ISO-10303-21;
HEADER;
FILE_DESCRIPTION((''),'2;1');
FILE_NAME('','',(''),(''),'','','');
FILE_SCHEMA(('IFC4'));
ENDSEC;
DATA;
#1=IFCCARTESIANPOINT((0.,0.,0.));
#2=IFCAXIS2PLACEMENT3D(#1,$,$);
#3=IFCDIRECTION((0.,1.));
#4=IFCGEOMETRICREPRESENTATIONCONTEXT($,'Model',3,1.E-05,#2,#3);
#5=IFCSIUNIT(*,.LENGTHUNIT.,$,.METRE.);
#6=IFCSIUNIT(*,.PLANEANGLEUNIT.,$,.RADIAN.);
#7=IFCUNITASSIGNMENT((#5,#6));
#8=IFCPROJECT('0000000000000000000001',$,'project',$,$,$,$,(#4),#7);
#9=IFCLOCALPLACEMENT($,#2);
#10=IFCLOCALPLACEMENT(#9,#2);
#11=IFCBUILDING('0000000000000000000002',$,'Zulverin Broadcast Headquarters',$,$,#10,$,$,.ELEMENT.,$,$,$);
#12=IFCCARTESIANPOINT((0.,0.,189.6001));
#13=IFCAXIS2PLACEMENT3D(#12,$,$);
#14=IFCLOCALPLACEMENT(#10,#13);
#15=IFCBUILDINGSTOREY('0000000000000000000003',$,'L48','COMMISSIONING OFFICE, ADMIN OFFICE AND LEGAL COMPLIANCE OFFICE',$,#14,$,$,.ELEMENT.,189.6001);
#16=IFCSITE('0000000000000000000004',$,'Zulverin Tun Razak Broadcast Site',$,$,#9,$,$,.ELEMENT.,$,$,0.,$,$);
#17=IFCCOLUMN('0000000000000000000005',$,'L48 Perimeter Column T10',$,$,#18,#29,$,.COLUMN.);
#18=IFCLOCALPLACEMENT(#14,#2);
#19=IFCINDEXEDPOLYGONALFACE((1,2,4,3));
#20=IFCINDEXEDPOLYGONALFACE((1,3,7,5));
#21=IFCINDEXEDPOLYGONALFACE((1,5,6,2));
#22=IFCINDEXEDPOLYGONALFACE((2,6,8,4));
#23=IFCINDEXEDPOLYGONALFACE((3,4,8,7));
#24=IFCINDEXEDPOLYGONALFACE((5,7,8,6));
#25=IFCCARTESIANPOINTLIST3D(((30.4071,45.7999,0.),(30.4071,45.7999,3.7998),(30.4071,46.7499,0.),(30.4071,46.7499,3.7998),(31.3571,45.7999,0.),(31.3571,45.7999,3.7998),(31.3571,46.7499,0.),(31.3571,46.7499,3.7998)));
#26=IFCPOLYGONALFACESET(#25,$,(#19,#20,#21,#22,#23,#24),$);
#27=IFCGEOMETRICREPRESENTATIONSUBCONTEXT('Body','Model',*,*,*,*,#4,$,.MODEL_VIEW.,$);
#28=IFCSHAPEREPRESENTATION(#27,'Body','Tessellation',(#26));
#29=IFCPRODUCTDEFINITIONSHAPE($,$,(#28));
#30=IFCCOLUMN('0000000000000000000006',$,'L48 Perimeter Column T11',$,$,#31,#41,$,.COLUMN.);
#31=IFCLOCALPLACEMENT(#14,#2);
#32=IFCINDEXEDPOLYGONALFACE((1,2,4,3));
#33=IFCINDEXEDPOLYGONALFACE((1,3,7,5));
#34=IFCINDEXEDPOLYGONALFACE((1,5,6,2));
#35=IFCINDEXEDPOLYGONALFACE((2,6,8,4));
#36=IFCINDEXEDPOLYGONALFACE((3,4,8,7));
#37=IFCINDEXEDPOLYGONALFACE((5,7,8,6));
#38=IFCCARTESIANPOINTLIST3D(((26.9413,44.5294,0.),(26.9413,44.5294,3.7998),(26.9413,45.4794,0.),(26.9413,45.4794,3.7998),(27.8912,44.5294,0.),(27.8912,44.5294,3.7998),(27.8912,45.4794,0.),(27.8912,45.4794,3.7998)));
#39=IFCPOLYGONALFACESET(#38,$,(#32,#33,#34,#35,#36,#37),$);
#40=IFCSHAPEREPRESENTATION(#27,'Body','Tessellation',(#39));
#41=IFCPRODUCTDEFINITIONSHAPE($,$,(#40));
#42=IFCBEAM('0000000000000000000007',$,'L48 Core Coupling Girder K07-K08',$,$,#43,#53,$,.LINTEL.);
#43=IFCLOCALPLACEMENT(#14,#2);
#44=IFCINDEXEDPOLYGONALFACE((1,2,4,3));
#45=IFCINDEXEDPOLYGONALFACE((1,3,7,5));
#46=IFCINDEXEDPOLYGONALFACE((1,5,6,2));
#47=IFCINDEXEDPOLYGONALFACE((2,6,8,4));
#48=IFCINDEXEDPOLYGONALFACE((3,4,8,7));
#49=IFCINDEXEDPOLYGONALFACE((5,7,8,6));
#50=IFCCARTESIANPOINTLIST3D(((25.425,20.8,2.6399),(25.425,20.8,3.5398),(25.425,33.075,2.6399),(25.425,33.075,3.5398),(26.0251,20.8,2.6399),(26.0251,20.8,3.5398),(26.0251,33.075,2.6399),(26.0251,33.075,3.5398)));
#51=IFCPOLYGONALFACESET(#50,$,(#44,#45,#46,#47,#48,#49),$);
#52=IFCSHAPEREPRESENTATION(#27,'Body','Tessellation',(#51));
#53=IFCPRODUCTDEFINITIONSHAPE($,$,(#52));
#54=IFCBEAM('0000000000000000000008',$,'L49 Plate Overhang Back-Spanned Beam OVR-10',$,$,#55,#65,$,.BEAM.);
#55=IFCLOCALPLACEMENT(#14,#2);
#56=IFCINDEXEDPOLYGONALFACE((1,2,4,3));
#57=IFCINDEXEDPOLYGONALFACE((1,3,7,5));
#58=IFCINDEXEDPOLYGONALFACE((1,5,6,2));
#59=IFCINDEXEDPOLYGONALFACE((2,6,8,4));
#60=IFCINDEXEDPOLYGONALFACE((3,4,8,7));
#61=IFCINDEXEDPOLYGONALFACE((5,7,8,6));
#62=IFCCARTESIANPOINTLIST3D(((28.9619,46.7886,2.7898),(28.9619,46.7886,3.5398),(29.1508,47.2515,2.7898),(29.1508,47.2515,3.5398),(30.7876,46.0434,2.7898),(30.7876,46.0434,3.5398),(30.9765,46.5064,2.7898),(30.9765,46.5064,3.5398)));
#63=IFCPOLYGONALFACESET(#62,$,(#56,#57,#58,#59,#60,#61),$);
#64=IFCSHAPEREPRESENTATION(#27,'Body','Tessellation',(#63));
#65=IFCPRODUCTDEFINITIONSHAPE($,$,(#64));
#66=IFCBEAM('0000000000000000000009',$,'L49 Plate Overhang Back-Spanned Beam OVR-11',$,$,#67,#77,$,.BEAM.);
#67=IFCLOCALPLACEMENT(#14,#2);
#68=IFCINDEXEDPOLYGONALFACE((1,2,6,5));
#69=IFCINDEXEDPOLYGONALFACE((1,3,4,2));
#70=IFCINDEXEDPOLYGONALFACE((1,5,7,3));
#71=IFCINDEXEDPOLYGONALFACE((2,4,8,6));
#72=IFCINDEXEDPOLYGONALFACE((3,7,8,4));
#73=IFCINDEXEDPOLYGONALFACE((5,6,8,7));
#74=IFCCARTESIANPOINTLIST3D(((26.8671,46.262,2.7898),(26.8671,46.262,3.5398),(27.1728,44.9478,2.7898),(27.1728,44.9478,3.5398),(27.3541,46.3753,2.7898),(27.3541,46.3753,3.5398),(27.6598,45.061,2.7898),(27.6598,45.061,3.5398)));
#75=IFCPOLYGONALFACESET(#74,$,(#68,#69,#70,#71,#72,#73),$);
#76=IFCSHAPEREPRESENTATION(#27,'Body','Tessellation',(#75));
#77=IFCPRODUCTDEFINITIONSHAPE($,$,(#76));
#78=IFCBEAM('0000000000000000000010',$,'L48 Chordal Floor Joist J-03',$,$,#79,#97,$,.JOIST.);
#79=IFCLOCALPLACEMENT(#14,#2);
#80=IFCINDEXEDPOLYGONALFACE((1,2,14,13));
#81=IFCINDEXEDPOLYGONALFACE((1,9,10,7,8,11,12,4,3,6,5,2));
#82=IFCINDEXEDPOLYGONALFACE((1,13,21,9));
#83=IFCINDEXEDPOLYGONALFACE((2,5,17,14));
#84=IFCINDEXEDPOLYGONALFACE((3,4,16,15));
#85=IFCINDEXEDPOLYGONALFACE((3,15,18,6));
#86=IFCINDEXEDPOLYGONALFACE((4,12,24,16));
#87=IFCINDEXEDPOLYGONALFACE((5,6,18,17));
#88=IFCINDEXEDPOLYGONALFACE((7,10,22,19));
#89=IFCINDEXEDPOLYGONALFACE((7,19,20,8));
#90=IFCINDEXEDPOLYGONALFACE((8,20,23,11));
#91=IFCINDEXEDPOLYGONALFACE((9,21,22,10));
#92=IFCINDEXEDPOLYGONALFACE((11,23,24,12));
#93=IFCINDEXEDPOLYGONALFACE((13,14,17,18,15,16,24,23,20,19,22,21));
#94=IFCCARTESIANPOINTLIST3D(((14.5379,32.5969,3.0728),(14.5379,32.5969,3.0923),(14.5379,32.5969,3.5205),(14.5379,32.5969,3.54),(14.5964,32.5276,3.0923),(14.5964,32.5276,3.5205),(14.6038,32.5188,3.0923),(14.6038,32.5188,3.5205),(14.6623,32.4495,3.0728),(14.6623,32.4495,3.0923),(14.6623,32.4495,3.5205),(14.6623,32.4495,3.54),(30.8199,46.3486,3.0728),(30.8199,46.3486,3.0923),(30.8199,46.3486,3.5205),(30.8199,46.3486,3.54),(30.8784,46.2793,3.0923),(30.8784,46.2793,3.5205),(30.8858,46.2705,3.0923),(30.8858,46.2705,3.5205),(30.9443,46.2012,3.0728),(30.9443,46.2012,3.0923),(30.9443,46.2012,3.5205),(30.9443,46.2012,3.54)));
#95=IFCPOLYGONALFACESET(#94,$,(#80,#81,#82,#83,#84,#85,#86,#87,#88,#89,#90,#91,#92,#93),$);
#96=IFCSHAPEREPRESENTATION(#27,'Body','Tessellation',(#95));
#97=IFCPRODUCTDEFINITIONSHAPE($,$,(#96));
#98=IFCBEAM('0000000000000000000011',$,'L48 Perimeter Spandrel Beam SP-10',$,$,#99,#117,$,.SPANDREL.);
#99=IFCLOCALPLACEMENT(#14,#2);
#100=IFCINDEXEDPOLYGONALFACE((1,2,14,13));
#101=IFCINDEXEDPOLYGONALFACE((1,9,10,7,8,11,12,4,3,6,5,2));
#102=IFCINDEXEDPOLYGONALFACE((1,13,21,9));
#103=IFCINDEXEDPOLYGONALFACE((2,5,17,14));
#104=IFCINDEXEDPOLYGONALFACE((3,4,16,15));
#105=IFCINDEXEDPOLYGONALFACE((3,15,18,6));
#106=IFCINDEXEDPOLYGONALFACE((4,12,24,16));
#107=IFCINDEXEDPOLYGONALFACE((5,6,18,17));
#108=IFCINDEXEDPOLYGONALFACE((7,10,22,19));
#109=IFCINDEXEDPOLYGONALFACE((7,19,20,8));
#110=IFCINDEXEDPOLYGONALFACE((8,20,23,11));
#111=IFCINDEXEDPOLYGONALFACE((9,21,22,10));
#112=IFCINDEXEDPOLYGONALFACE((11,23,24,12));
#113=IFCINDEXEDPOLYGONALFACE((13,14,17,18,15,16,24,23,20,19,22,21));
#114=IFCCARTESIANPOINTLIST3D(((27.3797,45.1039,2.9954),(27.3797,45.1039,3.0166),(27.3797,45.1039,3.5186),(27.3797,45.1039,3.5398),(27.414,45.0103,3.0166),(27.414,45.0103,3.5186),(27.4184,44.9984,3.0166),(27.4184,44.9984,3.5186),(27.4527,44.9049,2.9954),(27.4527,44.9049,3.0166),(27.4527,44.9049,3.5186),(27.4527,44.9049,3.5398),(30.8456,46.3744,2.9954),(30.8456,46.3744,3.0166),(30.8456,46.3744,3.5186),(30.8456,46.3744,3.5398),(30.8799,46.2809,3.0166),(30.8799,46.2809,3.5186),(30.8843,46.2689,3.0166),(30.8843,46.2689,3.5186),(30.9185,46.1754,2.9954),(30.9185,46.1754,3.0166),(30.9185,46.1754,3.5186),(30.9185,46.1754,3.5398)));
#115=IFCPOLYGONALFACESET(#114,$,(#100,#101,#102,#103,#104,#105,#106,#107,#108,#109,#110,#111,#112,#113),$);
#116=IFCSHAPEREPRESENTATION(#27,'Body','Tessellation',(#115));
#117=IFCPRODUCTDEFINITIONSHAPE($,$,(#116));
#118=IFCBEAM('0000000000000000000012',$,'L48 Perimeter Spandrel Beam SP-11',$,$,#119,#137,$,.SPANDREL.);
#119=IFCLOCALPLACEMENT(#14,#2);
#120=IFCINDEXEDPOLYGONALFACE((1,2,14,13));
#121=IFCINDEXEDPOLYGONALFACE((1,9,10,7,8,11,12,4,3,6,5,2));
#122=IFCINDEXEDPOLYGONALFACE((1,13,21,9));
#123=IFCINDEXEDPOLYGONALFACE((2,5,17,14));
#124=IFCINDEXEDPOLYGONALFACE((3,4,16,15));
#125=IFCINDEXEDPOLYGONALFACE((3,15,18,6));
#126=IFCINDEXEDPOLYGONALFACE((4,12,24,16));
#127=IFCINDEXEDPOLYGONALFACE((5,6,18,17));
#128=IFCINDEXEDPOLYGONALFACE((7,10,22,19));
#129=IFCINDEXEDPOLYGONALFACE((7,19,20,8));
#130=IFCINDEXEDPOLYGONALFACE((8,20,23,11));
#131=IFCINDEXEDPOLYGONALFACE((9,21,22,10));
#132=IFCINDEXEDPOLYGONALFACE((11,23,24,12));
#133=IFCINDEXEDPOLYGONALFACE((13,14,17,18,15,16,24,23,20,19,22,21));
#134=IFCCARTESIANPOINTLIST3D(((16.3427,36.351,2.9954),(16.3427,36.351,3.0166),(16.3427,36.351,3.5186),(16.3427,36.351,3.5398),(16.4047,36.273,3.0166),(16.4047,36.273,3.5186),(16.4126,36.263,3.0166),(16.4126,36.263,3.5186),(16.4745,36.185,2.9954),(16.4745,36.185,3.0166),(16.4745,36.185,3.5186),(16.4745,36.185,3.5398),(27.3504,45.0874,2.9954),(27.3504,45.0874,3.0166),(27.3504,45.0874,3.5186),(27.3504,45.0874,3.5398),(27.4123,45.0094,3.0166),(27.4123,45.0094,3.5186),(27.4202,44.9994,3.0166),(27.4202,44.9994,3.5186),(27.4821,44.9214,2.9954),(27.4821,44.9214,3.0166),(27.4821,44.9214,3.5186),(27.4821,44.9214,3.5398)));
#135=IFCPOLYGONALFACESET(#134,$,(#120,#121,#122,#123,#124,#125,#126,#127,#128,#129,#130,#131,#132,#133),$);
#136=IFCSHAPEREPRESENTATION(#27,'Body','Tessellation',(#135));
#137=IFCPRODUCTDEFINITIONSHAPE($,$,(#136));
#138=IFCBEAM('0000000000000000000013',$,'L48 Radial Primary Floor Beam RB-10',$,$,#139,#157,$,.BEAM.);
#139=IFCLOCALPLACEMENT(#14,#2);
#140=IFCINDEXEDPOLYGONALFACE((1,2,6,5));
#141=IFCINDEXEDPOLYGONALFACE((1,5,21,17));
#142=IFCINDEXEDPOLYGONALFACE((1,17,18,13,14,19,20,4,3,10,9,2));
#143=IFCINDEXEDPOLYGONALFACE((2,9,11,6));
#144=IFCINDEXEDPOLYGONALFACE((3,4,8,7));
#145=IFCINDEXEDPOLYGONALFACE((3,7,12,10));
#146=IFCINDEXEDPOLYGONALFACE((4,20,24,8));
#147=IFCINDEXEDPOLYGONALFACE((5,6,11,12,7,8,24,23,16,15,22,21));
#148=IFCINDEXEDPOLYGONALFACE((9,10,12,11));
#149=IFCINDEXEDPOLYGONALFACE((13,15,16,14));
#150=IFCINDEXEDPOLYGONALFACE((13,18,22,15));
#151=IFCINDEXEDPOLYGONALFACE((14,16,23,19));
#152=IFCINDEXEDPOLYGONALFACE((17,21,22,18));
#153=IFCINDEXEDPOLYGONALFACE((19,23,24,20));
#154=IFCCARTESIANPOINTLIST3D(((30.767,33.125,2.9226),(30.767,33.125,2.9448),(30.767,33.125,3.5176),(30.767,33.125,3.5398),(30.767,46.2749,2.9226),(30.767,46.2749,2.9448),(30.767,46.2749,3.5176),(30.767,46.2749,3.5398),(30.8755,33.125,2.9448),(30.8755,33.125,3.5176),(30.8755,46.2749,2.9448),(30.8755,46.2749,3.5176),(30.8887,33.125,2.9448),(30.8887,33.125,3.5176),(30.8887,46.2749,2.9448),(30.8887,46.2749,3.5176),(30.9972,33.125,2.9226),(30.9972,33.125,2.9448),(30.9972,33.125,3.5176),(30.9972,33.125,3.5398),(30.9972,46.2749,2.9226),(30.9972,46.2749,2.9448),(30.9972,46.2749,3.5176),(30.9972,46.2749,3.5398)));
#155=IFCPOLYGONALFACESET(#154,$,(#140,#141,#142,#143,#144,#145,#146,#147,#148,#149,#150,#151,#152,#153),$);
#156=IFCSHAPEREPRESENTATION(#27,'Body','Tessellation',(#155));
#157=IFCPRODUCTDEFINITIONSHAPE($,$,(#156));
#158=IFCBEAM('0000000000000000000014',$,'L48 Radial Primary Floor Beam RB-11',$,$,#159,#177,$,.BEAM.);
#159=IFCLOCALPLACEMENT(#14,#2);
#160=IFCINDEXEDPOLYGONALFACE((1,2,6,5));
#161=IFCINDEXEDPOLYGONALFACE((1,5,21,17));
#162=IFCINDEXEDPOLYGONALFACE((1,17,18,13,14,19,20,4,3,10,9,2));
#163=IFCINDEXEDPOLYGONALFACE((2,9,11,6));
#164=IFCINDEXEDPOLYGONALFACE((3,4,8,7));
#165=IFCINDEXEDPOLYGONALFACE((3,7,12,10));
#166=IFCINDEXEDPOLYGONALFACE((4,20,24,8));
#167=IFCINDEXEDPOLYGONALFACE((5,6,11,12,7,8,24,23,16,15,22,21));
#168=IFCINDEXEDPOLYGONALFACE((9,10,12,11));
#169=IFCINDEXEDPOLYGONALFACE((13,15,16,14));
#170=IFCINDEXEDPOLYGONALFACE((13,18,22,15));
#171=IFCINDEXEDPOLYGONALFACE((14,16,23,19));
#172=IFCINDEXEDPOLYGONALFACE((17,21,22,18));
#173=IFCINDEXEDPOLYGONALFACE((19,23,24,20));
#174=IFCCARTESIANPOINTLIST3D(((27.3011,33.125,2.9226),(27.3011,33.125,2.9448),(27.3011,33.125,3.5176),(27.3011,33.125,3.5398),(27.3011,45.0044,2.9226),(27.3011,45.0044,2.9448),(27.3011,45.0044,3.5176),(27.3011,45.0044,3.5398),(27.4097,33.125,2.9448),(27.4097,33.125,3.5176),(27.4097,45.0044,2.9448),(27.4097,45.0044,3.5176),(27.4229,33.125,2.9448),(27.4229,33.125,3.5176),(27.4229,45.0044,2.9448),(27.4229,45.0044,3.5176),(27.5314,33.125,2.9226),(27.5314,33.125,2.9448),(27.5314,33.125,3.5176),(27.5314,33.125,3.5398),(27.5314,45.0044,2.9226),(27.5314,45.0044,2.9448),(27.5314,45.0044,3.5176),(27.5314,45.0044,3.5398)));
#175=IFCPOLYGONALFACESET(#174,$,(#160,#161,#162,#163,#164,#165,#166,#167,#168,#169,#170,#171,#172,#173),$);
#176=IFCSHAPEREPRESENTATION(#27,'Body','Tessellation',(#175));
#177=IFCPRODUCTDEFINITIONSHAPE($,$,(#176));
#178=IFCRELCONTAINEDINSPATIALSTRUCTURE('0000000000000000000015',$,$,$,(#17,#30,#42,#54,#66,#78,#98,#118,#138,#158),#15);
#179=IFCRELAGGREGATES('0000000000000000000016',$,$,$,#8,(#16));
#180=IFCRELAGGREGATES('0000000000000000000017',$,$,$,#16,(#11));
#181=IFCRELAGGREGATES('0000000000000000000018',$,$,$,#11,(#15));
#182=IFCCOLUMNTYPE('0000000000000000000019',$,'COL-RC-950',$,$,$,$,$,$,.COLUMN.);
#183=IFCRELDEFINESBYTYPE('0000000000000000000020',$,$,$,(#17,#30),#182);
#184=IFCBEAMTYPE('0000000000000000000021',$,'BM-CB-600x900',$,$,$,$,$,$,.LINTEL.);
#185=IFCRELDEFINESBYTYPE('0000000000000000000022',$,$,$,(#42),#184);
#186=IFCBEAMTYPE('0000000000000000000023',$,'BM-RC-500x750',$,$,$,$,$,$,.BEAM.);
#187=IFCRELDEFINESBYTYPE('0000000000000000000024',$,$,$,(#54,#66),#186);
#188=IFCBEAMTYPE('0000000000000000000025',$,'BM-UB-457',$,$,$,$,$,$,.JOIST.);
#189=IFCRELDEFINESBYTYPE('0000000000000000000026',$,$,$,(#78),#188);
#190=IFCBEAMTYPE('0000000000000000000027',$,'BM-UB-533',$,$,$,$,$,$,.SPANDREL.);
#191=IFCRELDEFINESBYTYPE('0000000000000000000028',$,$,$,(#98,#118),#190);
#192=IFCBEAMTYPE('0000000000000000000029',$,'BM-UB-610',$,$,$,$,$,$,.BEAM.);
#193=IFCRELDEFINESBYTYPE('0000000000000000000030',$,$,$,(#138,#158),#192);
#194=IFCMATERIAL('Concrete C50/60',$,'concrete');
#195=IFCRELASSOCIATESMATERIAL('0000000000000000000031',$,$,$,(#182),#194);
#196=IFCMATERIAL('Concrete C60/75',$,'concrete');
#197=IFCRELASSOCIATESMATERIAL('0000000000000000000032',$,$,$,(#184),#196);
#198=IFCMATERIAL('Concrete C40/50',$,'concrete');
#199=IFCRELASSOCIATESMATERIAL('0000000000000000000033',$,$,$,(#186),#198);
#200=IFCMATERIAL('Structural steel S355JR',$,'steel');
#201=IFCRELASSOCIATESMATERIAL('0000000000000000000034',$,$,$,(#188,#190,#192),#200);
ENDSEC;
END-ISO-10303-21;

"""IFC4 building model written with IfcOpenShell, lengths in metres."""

from ifc_helpers import new_model, si_unit, direction, frame, origin, origin_2d, place, context, subcontext, project, spatial, rectangle, i_section, extrude, material, material_profile, profile_set, type_object, element, save


model = new_model("IFC4")

# Units and contexts
model_context = context("Model", 3, precision=1e-05, world=origin(), true_north=direction((0.0, 1.0)))
body_context = subcontext(model_context, "Body", "Model", "MODEL_VIEW")
ifc_project = project(units=[si_unit("LENGTHUNIT", "METRE"), si_unit("PLANEANGLEUNIT", "RADIAN")], contexts=[model_context])

# Site, building, storey
site_placement = place(None, origin())
site = spatial("IfcSite", under=ifc_project, at=site_placement, Name="Zulverin Tun Razak Broadcast Site", CompositionType="ELEMENT", RefElevation=0.0)
building_placement = place(site_placement, origin())
building = spatial("IfcBuilding", under=site, at=building_placement, Name="Zulverin Broadcast Headquarters", CompositionType="ELEMENT")
storey_placement = place(building_placement, frame((0.0, 0.0, 189.6001)))
storey = spatial("IfcBuildingStorey", under=building, at=storey_placement, Name="L48", Description="COMMISSIONING OFFICE, ADMIN OFFICE AND LEGAL COMPLIANCE OFFICE", CompositionType="ELEMENT", Elevation=189.6001)

# Columns
ifc_material_1 = material(Name="Concrete C50/60", Category="concrete")
ifc_material_profile_1 = material_profile(ifc_material_1, rectangle(XDim=0.95, YDim=0.95, at=origin_2d()), Name="Concrete C50/60", Category="concrete")
ifc_profile_set_1 = profile_set([ifc_material_profile_1], Name="Concrete C50/60")
column_type = type_object("IfcColumnType", Name="COL-RC-950", PredefinedType="COLUMN", material=ifc_profile_set_1)
for number, where, z_axis, x_axis, name in (
    (1, (30.8821, 46.2749, 0.0), (0.0, 0.0, 1.0), (1.0, 0.0, 0.0), "L48 Perimeter Column T10"),
    (2, (27.4163, 45.0044, 0.0), (0.0, 0.0, 1.0), (1.0, 0.0, 0.0), "L48 Perimeter Column T11"),
):
    element("IfcColumn", number, at=place(storey_placement, frame(where, z_axis=z_axis, x_axis=x_axis)), inside=storey, type_object=column_type, Name=name, PredefinedType="COLUMN", context=body_context, shape_type="SweptSolid", body=[
        extrude(rectangle(XDim=0.95, YDim=0.95, at=origin_2d()), origin(), (0.0, 0.0, 1.0), 3.7998),
    ])

# Beams
ifc_material_2 = material(Name="Concrete C60/75", Category="concrete")
ifc_material_profile_2 = material_profile(ifc_material_2, rectangle(XDim=0.6001, YDim=0.8999, at=origin_2d()), Name="Concrete C60/75", Category="concrete")
ifc_profile_set_2 = profile_set([ifc_material_profile_2], Name="Concrete C60/75")
beam_type_1 = type_object("IfcBeamType", Name="BM-CB-600x900", PredefinedType="LINTEL", material=ifc_profile_set_2)
beam_1_placement = place(storey_placement, frame((25.7251, 33.075, 3.0898), z_axis=(0.0, -1.0, 0.0), x_axis=(1.0, 0.0, 0.0)))
element("IfcBeam", 3, at=beam_1_placement, inside=storey, type_object=beam_type_1, Name="L48 Core Coupling Girder K07-K08", PredefinedType="LINTEL", context=body_context, shape_type="SweptSolid", body=[
    extrude(rectangle(XDim=0.6001, YDim=0.8999, at=origin_2d()), origin(), (0.0, 0.0, 1.0), 12.2749),
])
ifc_material_3 = material(Name="Concrete C40/50", Category="concrete")
ifc_material_profile_3 = material_profile(ifc_material_3, rectangle(XDim=0.5, YDim=0.75, at=origin_2d()), Name="Concrete C40/50", Category="concrete")
ifc_profile_set_3 = profile_set([ifc_material_profile_3], Name="Concrete C40/50")
beam_type_2 = type_object("IfcBeamType", Name="BM-RC-500x750", PredefinedType="BEAM", material=ifc_profile_set_3)
beam_2_placement = place(storey_placement, frame((30.8821, 46.2749, 3.1648), z_axis=(-0.925858, 0.377871, 0.0), x_axis=(-0.377871, -0.925858, 0.0)))
element("IfcBeam", 4, at=beam_2_placement, inside=storey, type_object=beam_type_2, Name="L49 Plate Overhang Back-Spanned Beam OVR-10", PredefinedType="BEAM", context=body_context, shape_type="SweptSolid", body=[
    extrude(rectangle(XDim=0.5, YDim=0.75, at=origin_2d()), origin(), (0.0, 0.0, 1.0), 1.9719),
])
beam_3_placement = place(storey_placement, frame((27.4163, 45.0044, 3.1648), z_axis=(-0.226537, 0.974002, 0.0), x_axis=(-0.974002, -0.226537, 0.0)))
element("IfcBeam", 5, at=beam_3_placement, inside=storey, type_object=beam_type_2, Name="L49 Plate Overhang Back-Spanned Beam OVR-11", PredefinedType="BEAM", context=body_context, shape_type="SweptSolid", body=[
    extrude(rectangle(XDim=0.5, YDim=0.75, at=origin_2d()), origin(), (0.0, 0.0, 1.0), 1.3494),
])
ifc_material_4 = material(Name="Structural steel S355JR", Category="steel")
ifc_material_profile_4 = material_profile(ifc_material_4, i_section(OverallWidth=0.1929, OverallDepth=0.4673, WebThickness=0.0115, FlangeThickness=0.0195, at=origin_2d()), Name="Structural steel S355JR", Category="steel")
ifc_profile_set_4 = profile_set([ifc_material_profile_4], Name="Structural steel S355JR")
beam_type_3 = type_object("IfcBeamType", Name="BM-UB-457", PredefinedType="JOIST", material=ifc_profile_set_4)
beam_4_placement = place(storey_placement, frame((30.8821, 46.2749, 3.3064), z_axis=(-0.763973, -0.645249, 0.0), x_axis=(0.645249, -0.763973, 0.0)))
element("IfcBeam", 6, at=beam_4_placement, inside=storey, type_object=beam_type_3, Name="L48 Chordal Floor Joist J-03", PredefinedType="JOIST", context=body_context, shape_type="SweptSolid", body=[
    extrude(i_section(OverallWidth=0.1929, OverallDepth=0.4673, WebThickness=0.0115, FlangeThickness=0.0195, at=origin_2d()), origin(), (0.0, 0.0, 1.0), 21.3123),
])
ifc_material_profile_5 = material_profile(ifc_material_4, i_section(OverallWidth=0.2119, OverallDepth=0.5444, WebThickness=0.0127, FlangeThickness=0.0212, at=origin_2d()), Name="Structural steel S355JR", Category="steel")
ifc_profile_set_5 = profile_set([ifc_material_profile_5], Name="Structural steel S355JR")
beam_type_4 = type_object("IfcBeamType", Name="BM-UB-533", PredefinedType="SPANDREL", material=ifc_profile_set_5)
beam_5_placement = place(storey_placement, frame((30.8821, 46.2749, 3.2676), z_axis=(-0.938902, -0.344185, 0.0), x_axis=(0.344185, -0.938902, 0.0)))
element("IfcBeam", 7, at=beam_5_placement, inside=storey, type_object=beam_type_4, Name="L48 Perimeter Spandrel Beam SP-10", PredefinedType="SPANDREL", context=body_context, shape_type="SweptSolid", body=[
    extrude(i_section(OverallWidth=0.2119, OverallDepth=0.5444, WebThickness=0.0127, FlangeThickness=0.0212, at=origin_2d()), origin(), (0.0, 0.0, 1.0), 3.6914),
])
beam_6_placement = place(storey_placement, frame((27.4163, 45.0044, 3.2676), z_axis=(-0.783283, -0.621665, 0.0), x_axis=(0.621665, -0.783283, 0.0)))
element("IfcBeam", 8, at=beam_6_placement, inside=storey, type_object=beam_type_4, Name="L48 Perimeter Spandrel Beam SP-11", PredefinedType="SPANDREL", context=body_context, shape_type="SweptSolid", body=[
    extrude(i_section(OverallWidth=0.2119, OverallDepth=0.5444, WebThickness=0.0127, FlangeThickness=0.0212, at=origin_2d()), origin(), (0.0, 0.0, 1.0), 14.0532),
])
ifc_material_profile_6 = material_profile(ifc_material_4, i_section(OverallWidth=0.2302, OverallDepth=0.6172, WebThickness=0.0132, FlangeThickness=0.0222, at=origin_2d()), Name="Structural steel S355JR", Category="steel")
ifc_profile_set_6 = profile_set([ifc_material_profile_6], Name="Structural steel S355JR")
beam_type_5 = type_object("IfcBeamType", Name="BM-UB-610", PredefinedType="BEAM", material=ifc_profile_set_6)
beam_7_placement = place(storey_placement, frame((30.8821, 33.125, 3.2312), z_axis=(0.0, 1.0, 0.0), x_axis=(-1.0, 0.0, 0.0)))
element("IfcBeam", 9, at=beam_7_placement, inside=storey, type_object=beam_type_5, Name="L48 Radial Primary Floor Beam RB-10", PredefinedType="BEAM", context=body_context, shape_type="SweptSolid", body=[
    extrude(i_section(OverallWidth=0.2302, OverallDepth=0.6172, WebThickness=0.0132, FlangeThickness=0.0222, at=origin_2d()), origin(), (0.0, 0.0, 1.0), 13.1499),
])
beam_8_placement = place(storey_placement, frame((27.4163, 33.125, 3.2312), z_axis=(0.0, 1.0, 0.0), x_axis=(-1.0, 0.0, 0.0)))
element("IfcBeam", 10, at=beam_8_placement, inside=storey, type_object=beam_type_5, Name="L48 Radial Primary Floor Beam RB-11", PredefinedType="BEAM", context=body_context, shape_type="SweptSolid", body=[
    extrude(i_section(OverallWidth=0.2302, OverallDepth=0.6172, WebThickness=0.0132, FlangeThickness=0.0222, at=origin_2d()), origin(), (0.0, 0.0, 1.0), 11.8794),
])

save(model, "model.ifc")
